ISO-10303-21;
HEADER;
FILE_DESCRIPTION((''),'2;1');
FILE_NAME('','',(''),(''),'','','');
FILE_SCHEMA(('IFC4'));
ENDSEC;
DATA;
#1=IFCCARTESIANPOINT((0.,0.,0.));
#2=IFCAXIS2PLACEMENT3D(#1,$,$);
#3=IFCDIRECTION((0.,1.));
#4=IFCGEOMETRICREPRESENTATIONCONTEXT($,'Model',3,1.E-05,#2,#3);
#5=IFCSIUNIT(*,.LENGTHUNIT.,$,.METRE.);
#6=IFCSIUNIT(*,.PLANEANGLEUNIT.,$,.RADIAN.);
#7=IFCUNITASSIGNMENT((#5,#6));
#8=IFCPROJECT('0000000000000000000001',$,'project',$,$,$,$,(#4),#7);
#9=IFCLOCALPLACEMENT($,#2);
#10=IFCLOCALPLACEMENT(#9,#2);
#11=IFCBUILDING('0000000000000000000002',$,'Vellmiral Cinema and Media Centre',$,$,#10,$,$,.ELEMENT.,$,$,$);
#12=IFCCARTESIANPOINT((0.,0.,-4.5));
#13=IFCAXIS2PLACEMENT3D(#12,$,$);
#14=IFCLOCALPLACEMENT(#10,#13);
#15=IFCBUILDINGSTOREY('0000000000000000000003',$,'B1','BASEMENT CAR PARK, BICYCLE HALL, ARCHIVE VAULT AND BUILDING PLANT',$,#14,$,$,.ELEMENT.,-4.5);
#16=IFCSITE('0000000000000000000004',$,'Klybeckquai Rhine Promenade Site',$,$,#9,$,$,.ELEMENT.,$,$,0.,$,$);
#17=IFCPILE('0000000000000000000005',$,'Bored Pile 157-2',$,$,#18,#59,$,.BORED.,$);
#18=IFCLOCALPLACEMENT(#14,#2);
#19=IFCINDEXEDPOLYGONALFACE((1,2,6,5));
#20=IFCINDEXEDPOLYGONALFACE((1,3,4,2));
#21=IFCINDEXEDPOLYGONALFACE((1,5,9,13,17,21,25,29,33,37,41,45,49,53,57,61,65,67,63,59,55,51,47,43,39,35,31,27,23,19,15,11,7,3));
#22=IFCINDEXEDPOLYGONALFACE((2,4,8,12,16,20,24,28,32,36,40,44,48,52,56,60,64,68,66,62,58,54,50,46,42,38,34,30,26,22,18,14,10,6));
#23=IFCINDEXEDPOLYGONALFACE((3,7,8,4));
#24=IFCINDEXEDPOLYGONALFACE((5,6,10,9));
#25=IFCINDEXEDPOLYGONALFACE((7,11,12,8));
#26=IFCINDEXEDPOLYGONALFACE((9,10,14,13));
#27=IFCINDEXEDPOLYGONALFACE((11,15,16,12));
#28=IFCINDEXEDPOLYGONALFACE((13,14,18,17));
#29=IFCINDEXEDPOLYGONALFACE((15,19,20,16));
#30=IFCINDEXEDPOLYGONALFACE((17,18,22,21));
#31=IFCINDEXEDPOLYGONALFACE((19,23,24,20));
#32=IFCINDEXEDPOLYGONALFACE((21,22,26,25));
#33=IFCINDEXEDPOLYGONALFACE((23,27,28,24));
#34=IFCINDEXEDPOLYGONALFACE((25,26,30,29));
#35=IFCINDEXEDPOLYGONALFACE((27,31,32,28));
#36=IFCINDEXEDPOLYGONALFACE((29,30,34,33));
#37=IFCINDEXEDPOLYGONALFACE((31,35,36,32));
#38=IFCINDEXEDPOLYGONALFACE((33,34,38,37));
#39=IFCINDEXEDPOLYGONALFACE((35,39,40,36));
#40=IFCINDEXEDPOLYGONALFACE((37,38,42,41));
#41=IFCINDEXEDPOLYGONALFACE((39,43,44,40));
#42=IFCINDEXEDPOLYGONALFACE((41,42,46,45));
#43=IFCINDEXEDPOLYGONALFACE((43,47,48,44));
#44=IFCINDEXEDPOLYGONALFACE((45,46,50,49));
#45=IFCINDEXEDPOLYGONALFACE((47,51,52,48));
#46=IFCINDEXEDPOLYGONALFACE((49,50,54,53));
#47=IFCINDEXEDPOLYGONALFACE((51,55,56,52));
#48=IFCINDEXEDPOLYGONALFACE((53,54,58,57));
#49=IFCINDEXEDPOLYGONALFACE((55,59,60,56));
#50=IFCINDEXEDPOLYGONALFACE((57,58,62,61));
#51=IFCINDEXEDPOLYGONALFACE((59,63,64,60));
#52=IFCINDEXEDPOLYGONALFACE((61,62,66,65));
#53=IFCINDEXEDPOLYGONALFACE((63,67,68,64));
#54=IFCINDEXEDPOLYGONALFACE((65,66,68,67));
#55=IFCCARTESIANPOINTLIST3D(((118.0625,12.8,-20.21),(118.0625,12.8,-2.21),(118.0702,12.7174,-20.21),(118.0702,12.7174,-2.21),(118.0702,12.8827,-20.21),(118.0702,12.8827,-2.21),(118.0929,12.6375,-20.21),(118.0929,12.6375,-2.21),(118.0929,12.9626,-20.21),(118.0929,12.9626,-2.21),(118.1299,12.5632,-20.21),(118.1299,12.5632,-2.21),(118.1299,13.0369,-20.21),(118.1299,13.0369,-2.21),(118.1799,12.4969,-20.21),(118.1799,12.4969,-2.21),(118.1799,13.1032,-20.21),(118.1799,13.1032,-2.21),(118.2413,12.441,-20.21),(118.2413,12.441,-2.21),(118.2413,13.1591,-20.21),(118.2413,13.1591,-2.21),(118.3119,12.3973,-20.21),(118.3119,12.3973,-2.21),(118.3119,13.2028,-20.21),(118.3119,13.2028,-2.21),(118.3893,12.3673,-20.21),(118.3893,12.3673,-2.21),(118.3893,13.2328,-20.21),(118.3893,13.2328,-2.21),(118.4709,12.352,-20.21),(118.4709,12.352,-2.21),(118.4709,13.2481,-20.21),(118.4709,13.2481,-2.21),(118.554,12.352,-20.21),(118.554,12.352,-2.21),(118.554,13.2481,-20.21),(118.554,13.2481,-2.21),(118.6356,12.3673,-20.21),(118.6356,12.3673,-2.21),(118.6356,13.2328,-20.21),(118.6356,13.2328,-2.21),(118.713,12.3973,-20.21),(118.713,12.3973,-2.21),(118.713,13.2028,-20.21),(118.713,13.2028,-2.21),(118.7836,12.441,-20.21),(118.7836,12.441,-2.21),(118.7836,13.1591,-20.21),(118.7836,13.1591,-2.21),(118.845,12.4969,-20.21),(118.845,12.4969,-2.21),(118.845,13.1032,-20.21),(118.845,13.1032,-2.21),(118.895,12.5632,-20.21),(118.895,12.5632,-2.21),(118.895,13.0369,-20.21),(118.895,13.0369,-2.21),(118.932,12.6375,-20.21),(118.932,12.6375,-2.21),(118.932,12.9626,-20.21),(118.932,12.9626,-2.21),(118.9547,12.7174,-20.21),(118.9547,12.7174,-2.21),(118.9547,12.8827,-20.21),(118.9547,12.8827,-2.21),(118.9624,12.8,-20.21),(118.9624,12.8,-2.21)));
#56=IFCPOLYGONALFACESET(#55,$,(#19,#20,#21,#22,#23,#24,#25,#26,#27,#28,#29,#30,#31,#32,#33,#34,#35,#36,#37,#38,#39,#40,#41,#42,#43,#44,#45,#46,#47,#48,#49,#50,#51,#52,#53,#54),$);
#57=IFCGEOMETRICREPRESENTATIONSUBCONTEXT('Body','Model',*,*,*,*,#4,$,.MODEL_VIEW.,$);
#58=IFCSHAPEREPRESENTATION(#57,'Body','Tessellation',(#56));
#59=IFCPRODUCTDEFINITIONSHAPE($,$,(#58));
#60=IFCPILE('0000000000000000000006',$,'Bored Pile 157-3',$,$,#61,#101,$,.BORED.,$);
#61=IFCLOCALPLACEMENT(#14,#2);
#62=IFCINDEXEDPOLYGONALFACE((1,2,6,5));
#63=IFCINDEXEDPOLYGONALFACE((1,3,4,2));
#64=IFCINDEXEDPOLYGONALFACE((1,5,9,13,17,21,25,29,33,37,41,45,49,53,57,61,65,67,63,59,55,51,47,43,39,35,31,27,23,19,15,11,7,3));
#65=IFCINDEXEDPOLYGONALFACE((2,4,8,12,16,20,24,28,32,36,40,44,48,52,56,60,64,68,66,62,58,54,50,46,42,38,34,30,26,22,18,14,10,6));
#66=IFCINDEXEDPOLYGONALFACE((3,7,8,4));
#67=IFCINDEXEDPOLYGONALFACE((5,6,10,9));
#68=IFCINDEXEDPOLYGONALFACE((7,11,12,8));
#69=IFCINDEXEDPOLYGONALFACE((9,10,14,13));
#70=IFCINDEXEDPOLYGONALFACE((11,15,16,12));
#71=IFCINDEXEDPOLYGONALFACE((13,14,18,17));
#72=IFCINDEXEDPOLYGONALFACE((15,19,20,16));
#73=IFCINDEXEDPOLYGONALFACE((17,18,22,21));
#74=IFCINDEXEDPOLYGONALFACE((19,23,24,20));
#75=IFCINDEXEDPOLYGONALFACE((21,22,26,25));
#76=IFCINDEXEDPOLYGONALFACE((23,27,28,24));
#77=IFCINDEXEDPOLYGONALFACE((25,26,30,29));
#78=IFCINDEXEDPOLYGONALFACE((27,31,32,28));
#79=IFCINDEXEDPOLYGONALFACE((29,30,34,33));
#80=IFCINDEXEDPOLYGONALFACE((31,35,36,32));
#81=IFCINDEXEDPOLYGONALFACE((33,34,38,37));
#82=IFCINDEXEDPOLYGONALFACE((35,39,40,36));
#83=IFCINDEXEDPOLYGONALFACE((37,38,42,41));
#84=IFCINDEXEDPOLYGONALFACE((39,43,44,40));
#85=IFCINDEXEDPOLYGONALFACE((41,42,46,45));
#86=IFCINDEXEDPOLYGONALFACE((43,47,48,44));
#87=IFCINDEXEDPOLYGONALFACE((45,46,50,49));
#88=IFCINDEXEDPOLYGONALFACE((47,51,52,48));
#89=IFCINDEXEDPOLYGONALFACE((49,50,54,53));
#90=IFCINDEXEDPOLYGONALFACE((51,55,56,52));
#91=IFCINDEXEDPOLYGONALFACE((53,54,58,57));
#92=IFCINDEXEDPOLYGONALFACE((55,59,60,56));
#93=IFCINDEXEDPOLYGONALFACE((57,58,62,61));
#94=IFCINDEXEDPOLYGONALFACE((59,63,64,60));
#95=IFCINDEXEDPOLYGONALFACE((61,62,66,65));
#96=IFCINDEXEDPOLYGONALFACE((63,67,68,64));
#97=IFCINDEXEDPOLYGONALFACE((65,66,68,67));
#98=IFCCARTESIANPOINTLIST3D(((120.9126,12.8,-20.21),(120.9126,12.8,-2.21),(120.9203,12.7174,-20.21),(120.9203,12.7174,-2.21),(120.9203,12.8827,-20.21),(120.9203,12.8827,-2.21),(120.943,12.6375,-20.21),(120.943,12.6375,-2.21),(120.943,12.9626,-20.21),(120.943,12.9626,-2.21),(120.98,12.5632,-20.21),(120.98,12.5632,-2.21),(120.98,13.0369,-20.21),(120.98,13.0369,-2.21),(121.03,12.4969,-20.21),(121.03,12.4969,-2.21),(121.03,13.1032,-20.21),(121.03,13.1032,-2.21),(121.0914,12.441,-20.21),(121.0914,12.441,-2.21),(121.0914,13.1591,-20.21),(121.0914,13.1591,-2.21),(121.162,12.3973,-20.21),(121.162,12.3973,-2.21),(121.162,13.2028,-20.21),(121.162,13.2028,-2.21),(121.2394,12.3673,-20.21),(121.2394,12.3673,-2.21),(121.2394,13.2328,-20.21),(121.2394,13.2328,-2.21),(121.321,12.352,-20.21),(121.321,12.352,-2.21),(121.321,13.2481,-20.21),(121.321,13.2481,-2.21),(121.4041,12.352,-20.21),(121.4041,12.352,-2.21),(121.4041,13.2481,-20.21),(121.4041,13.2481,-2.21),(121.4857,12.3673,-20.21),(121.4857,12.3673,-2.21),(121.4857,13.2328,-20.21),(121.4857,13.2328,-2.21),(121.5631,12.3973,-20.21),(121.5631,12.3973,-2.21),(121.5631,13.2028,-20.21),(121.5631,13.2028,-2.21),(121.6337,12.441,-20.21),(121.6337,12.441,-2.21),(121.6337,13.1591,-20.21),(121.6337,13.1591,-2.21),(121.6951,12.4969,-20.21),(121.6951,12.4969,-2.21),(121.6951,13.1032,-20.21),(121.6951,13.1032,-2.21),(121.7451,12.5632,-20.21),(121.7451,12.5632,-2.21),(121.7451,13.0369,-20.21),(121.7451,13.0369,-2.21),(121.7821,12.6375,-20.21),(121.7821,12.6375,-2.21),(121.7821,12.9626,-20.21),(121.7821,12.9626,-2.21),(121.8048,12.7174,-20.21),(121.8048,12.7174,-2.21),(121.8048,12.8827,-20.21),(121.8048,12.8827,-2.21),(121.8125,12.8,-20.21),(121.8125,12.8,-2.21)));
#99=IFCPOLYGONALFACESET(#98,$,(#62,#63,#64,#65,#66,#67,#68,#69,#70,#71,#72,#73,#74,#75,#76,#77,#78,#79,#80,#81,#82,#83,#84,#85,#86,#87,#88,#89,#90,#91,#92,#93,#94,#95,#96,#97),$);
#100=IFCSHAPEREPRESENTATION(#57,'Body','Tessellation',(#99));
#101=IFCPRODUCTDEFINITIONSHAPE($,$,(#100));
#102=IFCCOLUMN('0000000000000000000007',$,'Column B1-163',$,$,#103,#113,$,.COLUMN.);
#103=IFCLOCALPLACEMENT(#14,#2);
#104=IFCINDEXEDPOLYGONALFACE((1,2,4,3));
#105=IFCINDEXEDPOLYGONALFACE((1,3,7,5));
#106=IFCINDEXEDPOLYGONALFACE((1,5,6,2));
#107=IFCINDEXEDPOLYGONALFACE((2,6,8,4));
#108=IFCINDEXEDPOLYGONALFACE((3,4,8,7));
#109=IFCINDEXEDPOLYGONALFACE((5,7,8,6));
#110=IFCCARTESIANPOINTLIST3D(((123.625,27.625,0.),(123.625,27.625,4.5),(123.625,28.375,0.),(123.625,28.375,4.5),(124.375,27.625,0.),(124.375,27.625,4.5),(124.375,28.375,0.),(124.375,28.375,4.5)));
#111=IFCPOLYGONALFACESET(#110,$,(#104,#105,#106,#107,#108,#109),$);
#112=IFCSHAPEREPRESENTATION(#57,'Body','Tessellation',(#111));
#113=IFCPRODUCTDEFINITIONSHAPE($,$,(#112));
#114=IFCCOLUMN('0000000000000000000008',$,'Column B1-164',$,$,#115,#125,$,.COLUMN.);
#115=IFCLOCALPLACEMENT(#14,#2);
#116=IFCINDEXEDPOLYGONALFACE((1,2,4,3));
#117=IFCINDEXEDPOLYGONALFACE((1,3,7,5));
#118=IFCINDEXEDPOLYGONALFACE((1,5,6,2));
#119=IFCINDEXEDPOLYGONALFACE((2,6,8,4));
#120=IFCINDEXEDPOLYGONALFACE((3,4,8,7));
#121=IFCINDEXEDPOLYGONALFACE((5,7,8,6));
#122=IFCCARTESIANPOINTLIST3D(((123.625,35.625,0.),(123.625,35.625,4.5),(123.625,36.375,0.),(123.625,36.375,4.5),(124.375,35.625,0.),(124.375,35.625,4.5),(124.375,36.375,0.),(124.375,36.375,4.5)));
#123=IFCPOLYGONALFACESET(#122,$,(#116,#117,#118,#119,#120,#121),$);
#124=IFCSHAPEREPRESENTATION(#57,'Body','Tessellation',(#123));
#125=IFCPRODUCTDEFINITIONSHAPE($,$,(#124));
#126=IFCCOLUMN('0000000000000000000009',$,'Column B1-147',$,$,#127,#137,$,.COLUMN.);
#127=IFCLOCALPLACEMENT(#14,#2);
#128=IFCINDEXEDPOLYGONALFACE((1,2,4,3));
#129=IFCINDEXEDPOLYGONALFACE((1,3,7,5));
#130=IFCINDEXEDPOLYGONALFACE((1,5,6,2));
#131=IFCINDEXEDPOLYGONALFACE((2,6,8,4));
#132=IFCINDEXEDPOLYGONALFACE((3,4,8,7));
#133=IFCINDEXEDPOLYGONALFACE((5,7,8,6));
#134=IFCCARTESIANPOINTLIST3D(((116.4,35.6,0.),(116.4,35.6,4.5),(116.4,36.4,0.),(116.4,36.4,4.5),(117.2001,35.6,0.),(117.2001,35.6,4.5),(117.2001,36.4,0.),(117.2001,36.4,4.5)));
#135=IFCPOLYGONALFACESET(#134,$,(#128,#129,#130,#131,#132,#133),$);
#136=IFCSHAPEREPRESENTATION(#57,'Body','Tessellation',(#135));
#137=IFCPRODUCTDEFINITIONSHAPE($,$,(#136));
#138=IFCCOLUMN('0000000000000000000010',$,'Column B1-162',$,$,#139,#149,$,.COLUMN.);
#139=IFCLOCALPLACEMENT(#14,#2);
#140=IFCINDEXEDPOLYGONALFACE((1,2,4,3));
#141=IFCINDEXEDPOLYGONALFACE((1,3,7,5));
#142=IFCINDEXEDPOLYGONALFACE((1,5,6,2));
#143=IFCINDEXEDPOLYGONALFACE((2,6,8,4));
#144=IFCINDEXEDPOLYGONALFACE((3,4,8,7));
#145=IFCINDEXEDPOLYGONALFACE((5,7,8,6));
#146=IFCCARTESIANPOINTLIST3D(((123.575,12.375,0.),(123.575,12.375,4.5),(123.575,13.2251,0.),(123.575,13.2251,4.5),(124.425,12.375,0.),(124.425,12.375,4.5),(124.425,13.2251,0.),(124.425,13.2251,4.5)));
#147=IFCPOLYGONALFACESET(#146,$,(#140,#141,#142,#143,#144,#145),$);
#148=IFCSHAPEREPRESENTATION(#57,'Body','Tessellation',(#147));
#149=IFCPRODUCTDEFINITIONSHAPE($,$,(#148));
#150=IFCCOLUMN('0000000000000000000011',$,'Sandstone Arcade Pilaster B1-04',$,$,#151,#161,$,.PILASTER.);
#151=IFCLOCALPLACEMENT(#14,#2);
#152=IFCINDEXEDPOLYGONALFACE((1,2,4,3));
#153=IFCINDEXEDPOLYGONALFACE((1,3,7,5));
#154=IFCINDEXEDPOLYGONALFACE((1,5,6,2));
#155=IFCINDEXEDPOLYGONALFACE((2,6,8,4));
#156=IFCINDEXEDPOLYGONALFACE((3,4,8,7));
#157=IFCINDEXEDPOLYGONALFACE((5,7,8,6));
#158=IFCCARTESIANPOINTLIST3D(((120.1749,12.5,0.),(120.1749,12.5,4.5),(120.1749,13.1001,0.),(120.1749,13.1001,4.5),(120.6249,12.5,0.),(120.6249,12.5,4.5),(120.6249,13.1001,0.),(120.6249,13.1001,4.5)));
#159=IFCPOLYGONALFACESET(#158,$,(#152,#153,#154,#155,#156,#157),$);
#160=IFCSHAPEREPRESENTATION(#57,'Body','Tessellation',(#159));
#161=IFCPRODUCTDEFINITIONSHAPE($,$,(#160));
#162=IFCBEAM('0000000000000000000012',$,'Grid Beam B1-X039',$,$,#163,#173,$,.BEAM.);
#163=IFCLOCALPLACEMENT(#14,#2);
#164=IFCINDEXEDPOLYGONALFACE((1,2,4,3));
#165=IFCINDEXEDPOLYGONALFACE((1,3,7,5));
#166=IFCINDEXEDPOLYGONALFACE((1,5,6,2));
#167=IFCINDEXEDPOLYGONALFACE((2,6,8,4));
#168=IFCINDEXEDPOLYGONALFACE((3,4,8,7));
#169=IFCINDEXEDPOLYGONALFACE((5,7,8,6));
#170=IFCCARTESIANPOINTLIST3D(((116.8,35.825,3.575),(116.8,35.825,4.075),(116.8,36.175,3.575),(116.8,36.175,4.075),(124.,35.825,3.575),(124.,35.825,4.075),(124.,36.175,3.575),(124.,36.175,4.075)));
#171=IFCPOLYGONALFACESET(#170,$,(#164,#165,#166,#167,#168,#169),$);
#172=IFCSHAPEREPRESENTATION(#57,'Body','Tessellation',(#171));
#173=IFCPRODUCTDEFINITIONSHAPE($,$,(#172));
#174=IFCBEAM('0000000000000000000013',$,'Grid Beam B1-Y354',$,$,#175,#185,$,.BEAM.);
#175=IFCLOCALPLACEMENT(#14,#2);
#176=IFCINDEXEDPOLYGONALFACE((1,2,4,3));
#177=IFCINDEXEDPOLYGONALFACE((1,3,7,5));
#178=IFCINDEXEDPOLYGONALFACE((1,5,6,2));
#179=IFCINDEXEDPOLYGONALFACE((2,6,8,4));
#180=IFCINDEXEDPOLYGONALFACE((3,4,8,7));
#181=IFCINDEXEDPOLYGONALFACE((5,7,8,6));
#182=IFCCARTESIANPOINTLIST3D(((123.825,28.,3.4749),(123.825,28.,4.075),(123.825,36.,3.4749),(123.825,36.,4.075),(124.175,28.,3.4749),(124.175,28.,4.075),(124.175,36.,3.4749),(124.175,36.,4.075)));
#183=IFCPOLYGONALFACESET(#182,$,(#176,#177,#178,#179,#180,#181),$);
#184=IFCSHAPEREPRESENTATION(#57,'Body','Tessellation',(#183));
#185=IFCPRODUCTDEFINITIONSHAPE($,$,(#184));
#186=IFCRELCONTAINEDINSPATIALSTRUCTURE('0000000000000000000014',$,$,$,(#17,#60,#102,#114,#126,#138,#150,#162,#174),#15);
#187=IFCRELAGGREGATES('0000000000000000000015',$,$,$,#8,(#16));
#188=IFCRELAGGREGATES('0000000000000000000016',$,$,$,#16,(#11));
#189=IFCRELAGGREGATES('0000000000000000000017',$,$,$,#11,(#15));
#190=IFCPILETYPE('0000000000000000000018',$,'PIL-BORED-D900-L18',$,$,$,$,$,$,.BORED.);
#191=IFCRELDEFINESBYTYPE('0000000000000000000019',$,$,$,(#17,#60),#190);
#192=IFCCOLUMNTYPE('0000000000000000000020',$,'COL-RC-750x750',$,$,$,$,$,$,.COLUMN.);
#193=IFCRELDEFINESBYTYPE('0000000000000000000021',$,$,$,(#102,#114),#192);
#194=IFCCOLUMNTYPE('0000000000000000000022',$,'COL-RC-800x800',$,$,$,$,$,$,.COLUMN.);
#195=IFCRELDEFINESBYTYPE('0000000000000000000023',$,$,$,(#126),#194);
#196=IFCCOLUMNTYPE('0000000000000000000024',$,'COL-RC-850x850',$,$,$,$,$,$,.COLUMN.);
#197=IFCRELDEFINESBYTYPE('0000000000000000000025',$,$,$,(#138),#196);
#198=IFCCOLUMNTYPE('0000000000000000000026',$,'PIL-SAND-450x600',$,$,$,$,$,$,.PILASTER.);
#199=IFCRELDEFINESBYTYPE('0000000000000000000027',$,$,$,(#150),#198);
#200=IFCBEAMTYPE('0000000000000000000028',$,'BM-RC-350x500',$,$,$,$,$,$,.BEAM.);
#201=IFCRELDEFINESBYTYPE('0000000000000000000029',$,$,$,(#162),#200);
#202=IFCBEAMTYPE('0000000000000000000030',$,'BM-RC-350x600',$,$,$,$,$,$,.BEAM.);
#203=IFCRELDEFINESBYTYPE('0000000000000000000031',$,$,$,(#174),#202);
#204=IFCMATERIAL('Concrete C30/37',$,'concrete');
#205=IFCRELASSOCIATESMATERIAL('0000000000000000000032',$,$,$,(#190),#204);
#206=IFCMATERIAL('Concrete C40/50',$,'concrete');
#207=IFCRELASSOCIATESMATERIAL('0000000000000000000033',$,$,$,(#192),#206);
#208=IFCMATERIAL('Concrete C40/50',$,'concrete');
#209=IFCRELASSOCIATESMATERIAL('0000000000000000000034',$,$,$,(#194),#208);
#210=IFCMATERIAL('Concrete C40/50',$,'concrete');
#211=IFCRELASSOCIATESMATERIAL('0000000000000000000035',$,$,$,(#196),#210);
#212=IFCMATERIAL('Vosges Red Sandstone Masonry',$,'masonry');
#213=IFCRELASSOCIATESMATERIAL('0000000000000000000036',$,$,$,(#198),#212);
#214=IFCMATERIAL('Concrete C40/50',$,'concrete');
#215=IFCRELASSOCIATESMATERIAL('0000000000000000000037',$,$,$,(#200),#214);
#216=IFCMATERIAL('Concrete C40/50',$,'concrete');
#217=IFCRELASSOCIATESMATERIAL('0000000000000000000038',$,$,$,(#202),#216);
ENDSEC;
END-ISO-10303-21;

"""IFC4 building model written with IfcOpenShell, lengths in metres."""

from ifc_helpers import new_model, si_unit, direction, frame, origin, origin_2d, place, context, subcontext, project, spatial, rectangle, circle, extrude, material, material_profile, profile_set, type_object, element, save


model = new_model("IFC4")

# Units and contexts
model_context = context("Model", 3, precision=1e-05, world=origin(), true_north=direction((0.0, 1.0)))
body_context = subcontext(model_context, "Body", "Model", "MODEL_VIEW")
ifc_project = project(units=[si_unit("LENGTHUNIT", "METRE"), si_unit("PLANEANGLEUNIT", "RADIAN")], contexts=[model_context])

# Site, building, storey
site_placement = place(None, origin())
site = spatial("IfcSite", under=ifc_project, at=site_placement, Name="Klybeckquai Rhine Promenade Site", CompositionType="ELEMENT", RefElevation=0.0)
building_placement = place(site_placement, origin())
building = spatial("IfcBuilding", under=site, at=building_placement, Name="Vellmiral Cinema and Media Centre", CompositionType="ELEMENT")
storey_placement = place(building_placement, frame((0.0, 0.0, -4.5)))
storey = spatial("IfcBuildingStorey", under=building, at=storey_placement, Name="B1", Description="BASEMENT CAR PARK, BICYCLE HALL, ARCHIVE VAULT AND BUILDING PLANT", CompositionType="ELEMENT", Elevation=-4.5)

# Piles
ifc_material_1 = material(Name="Concrete C30/37", Category="concrete")
ifc_material_profile_1 = material_profile(ifc_material_1, circle(Radius=0.45, at=origin_2d()), Name="PILE D900")
ifc_profile_set_1 = profile_set([ifc_material_profile_1], Name="Concrete C30/37")
pile_type_1 = type_object("IfcPileType", Name="PIL-BORED-D900-L18", PredefinedType="BORED", material=ifc_profile_set_1)
for number, where, z_axis, x_axis, name in (
    (1, (118.5125, 12.8, -2.21), (0.0, 0.0, -1.0), (1.0, 0.0, 0.0), "Bored Pile 157-2"),
    (2, (121.3625, 12.8, -2.21), (0.0, 0.0, -1.0), (1.0, 0.0, 0.0), "Bored Pile 157-3"),
):
    element("IfcPile", number, at=place(storey_placement, frame(where, z_axis=z_axis, x_axis=x_axis)), inside=storey, type_object=pile_type_1, Name=name, PredefinedType="BORED", context=body_context, shape_type="SweptSolid", body=[
        extrude(circle(Radius=0.45, at=origin_2d()), origin(), (0.0, 0.0, 1.0), 18.0),
    ])

# Columns
ifc_material_2 = material(Name="Concrete C40/50", Category="concrete")
ifc_material_profile_2 = material_profile(ifc_material_2, rectangle(XDim=0.75, YDim=0.75, at=origin_2d()), Name="RC 750x750")
ifc_profile_set_2 = profile_set([ifc_material_profile_2], Name="Concrete C40/50")
column_type_1 = type_object("IfcColumnType", Name="COL-RC-750x750", PredefinedType="COLUMN", material=ifc_profile_set_2)
for number, where, z_axis, x_axis, name in (
    (3, (124.0, 28.0, 0.0), (0.0, 0.0, 1.0), (1.0, 0.0, 0.0), "Column B1-163"),
    (4, (124.0, 36.0, 0.0), (0.0, 0.0, 1.0), (1.0, 0.0, 0.0), "Column B1-164"),
):
    element("IfcColumn", number, at=place(storey_placement, frame(where, z_axis=z_axis, x_axis=x_axis)), inside=storey, type_object=column_type_1, Name=name, PredefinedType="COLUMN", context=body_context, shape_type="SweptSolid", body=[
        extrude(rectangle(XDim=0.75, YDim=0.75, at=origin_2d()), origin(), (0.0, 0.0, 1.0), 4.5),
    ])
ifc_material_3 = material(Name="Concrete C40/50", Category="concrete")
ifc_material_profile_3 = material_profile(ifc_material_3, rectangle(XDim=0.8, YDim=0.8, at=origin_2d()), Name="RC 800x800")
ifc_profile_set_3 = profile_set([ifc_material_profile_3], Name="Concrete C40/50")
column_type_2 = type_object("IfcColumnType", Name="COL-RC-800x800", PredefinedType="COLUMN", material=ifc_profile_set_3)
column_1_placement = place(storey_placement, frame((116.8, 36.0, 0.0), z_axis=(0.0, 0.0, 1.0), x_axis=(1.0, 0.0, 0.0)))
element("IfcColumn", 5, at=column_1_placement, inside=storey, type_object=column_type_2, Name="Column B1-147", PredefinedType="COLUMN", context=body_context, shape_type="SweptSolid", body=[
    extrude(rectangle(XDim=0.8, YDim=0.8, at=origin_2d()), origin(), (0.0, 0.0, 1.0), 4.5),
])
ifc_material_4 = material(Name="Concrete C40/50", Category="concrete")
ifc_material_profile_4 = material_profile(ifc_material_4, rectangle(XDim=0.8501, YDim=0.8501, at=origin_2d()), Name="RC 850x850")
ifc_profile_set_4 = profile_set([ifc_material_profile_4], Name="Concrete C40/50")
column_type_3 = type_object("IfcColumnType", Name="COL-RC-850x850", PredefinedType="COLUMN", material=ifc_profile_set_4)
column_2_placement = place(storey_placement, frame((124.0, 12.8, 0.0), z_axis=(0.0, 0.0, 1.0), x_axis=(1.0, 0.0, 0.0)))
element("IfcColumn", 6, at=column_2_placement, inside=storey, type_object=column_type_3, Name="Column B1-162", PredefinedType="COLUMN", context=body_context, shape_type="SweptSolid", body=[
    extrude(rectangle(XDim=0.8501, YDim=0.8501, at=origin_2d()), origin(), (0.0, 0.0, 1.0), 4.5),
])
ifc_material_5 = material(Name="Vosges Red Sandstone Masonry", Category="masonry")
ifc_material_profile_5 = material_profile(ifc_material_5, rectangle(XDim=0.45, YDim=0.6001, at=origin_2d()), Name="SAND 450x600")
ifc_profile_set_5 = profile_set([ifc_material_profile_5], Name="Vosges Red Sandstone Masonry")
column_type_4 = type_object("IfcColumnType", Name="PIL-SAND-450x600", PredefinedType="PILASTER", material=ifc_profile_set_5)
column_3_placement = place(storey_placement, frame((120.3999, 12.8, 0.0), z_axis=(0.0, 0.0, 1.0), x_axis=(1.0, 0.0, 0.0)))
element("IfcColumn", 7, at=column_3_placement, inside=storey, type_object=column_type_4, Name="Sandstone Arcade Pilaster B1-04", PredefinedType="PILASTER", context=body_context, shape_type="SweptSolid", body=[
    extrude(rectangle(XDim=0.45, YDim=0.6001, at=origin_2d()), origin(), (0.0, 0.0, 1.0), 4.5),
])

# Beams
ifc_material_6 = material(Name="Concrete C40/50", Category="concrete")
ifc_material_profile_6 = material_profile(ifc_material_6, rectangle(XDim=0.3501, YDim=0.5, at=origin_2d()), Name="RC 350x500")
ifc_profile_set_6 = profile_set([ifc_material_profile_6], Name="Concrete C40/50")
beam_type_1 = type_object("IfcBeamType", Name="BM-RC-350x500", PredefinedType="BEAM", material=ifc_profile_set_6)
beam_1_placement = place(storey_placement, frame((116.8, 36.0, 3.825), z_axis=(1.0, 0.0, 0.0), x_axis=(0.0, 1.0, 0.0)))
element("IfcBeam", 8, at=beam_1_placement, inside=storey, type_object=beam_type_1, Name="Grid Beam B1-X039", PredefinedType="BEAM", context=body_context, shape_type="SweptSolid", body=[
    extrude(rectangle(XDim=0.3501, YDim=0.5, at=origin_2d()), origin(), (0.0, 0.0, 1.0), 7.2),
])
ifc_material_7 = material(Name="Concrete C40/50", Category="concrete")
ifc_material_profile_7 = material_profile(ifc_material_7, rectangle(XDim=0.3501, YDim=0.6001, at=origin_2d()), Name="RC 350x600")
ifc_profile_set_7 = profile_set([ifc_material_profile_7], Name="Concrete C40/50")
beam_type_2 = type_object("IfcBeamType", Name="BM-RC-350x600", PredefinedType="BEAM", material=ifc_profile_set_7)
beam_2_placement = place(storey_placement, frame((124.0, 28.0, 3.7749), z_axis=(0.0, 1.0, 0.0), x_axis=(-1.0, 0.0, 0.0)))
element("IfcBeam", 9, at=beam_2_placement, inside=storey, type_object=beam_type_2, Name="Grid Beam B1-Y354", PredefinedType="BEAM", context=body_context, shape_type="SweptSolid", body=[
    extrude(rectangle(XDim=0.3501, YDim=0.6001, at=origin_2d()), origin(), (0.0, 0.0, 1.0), 8.0),
])

save(model, "model.ifc")
